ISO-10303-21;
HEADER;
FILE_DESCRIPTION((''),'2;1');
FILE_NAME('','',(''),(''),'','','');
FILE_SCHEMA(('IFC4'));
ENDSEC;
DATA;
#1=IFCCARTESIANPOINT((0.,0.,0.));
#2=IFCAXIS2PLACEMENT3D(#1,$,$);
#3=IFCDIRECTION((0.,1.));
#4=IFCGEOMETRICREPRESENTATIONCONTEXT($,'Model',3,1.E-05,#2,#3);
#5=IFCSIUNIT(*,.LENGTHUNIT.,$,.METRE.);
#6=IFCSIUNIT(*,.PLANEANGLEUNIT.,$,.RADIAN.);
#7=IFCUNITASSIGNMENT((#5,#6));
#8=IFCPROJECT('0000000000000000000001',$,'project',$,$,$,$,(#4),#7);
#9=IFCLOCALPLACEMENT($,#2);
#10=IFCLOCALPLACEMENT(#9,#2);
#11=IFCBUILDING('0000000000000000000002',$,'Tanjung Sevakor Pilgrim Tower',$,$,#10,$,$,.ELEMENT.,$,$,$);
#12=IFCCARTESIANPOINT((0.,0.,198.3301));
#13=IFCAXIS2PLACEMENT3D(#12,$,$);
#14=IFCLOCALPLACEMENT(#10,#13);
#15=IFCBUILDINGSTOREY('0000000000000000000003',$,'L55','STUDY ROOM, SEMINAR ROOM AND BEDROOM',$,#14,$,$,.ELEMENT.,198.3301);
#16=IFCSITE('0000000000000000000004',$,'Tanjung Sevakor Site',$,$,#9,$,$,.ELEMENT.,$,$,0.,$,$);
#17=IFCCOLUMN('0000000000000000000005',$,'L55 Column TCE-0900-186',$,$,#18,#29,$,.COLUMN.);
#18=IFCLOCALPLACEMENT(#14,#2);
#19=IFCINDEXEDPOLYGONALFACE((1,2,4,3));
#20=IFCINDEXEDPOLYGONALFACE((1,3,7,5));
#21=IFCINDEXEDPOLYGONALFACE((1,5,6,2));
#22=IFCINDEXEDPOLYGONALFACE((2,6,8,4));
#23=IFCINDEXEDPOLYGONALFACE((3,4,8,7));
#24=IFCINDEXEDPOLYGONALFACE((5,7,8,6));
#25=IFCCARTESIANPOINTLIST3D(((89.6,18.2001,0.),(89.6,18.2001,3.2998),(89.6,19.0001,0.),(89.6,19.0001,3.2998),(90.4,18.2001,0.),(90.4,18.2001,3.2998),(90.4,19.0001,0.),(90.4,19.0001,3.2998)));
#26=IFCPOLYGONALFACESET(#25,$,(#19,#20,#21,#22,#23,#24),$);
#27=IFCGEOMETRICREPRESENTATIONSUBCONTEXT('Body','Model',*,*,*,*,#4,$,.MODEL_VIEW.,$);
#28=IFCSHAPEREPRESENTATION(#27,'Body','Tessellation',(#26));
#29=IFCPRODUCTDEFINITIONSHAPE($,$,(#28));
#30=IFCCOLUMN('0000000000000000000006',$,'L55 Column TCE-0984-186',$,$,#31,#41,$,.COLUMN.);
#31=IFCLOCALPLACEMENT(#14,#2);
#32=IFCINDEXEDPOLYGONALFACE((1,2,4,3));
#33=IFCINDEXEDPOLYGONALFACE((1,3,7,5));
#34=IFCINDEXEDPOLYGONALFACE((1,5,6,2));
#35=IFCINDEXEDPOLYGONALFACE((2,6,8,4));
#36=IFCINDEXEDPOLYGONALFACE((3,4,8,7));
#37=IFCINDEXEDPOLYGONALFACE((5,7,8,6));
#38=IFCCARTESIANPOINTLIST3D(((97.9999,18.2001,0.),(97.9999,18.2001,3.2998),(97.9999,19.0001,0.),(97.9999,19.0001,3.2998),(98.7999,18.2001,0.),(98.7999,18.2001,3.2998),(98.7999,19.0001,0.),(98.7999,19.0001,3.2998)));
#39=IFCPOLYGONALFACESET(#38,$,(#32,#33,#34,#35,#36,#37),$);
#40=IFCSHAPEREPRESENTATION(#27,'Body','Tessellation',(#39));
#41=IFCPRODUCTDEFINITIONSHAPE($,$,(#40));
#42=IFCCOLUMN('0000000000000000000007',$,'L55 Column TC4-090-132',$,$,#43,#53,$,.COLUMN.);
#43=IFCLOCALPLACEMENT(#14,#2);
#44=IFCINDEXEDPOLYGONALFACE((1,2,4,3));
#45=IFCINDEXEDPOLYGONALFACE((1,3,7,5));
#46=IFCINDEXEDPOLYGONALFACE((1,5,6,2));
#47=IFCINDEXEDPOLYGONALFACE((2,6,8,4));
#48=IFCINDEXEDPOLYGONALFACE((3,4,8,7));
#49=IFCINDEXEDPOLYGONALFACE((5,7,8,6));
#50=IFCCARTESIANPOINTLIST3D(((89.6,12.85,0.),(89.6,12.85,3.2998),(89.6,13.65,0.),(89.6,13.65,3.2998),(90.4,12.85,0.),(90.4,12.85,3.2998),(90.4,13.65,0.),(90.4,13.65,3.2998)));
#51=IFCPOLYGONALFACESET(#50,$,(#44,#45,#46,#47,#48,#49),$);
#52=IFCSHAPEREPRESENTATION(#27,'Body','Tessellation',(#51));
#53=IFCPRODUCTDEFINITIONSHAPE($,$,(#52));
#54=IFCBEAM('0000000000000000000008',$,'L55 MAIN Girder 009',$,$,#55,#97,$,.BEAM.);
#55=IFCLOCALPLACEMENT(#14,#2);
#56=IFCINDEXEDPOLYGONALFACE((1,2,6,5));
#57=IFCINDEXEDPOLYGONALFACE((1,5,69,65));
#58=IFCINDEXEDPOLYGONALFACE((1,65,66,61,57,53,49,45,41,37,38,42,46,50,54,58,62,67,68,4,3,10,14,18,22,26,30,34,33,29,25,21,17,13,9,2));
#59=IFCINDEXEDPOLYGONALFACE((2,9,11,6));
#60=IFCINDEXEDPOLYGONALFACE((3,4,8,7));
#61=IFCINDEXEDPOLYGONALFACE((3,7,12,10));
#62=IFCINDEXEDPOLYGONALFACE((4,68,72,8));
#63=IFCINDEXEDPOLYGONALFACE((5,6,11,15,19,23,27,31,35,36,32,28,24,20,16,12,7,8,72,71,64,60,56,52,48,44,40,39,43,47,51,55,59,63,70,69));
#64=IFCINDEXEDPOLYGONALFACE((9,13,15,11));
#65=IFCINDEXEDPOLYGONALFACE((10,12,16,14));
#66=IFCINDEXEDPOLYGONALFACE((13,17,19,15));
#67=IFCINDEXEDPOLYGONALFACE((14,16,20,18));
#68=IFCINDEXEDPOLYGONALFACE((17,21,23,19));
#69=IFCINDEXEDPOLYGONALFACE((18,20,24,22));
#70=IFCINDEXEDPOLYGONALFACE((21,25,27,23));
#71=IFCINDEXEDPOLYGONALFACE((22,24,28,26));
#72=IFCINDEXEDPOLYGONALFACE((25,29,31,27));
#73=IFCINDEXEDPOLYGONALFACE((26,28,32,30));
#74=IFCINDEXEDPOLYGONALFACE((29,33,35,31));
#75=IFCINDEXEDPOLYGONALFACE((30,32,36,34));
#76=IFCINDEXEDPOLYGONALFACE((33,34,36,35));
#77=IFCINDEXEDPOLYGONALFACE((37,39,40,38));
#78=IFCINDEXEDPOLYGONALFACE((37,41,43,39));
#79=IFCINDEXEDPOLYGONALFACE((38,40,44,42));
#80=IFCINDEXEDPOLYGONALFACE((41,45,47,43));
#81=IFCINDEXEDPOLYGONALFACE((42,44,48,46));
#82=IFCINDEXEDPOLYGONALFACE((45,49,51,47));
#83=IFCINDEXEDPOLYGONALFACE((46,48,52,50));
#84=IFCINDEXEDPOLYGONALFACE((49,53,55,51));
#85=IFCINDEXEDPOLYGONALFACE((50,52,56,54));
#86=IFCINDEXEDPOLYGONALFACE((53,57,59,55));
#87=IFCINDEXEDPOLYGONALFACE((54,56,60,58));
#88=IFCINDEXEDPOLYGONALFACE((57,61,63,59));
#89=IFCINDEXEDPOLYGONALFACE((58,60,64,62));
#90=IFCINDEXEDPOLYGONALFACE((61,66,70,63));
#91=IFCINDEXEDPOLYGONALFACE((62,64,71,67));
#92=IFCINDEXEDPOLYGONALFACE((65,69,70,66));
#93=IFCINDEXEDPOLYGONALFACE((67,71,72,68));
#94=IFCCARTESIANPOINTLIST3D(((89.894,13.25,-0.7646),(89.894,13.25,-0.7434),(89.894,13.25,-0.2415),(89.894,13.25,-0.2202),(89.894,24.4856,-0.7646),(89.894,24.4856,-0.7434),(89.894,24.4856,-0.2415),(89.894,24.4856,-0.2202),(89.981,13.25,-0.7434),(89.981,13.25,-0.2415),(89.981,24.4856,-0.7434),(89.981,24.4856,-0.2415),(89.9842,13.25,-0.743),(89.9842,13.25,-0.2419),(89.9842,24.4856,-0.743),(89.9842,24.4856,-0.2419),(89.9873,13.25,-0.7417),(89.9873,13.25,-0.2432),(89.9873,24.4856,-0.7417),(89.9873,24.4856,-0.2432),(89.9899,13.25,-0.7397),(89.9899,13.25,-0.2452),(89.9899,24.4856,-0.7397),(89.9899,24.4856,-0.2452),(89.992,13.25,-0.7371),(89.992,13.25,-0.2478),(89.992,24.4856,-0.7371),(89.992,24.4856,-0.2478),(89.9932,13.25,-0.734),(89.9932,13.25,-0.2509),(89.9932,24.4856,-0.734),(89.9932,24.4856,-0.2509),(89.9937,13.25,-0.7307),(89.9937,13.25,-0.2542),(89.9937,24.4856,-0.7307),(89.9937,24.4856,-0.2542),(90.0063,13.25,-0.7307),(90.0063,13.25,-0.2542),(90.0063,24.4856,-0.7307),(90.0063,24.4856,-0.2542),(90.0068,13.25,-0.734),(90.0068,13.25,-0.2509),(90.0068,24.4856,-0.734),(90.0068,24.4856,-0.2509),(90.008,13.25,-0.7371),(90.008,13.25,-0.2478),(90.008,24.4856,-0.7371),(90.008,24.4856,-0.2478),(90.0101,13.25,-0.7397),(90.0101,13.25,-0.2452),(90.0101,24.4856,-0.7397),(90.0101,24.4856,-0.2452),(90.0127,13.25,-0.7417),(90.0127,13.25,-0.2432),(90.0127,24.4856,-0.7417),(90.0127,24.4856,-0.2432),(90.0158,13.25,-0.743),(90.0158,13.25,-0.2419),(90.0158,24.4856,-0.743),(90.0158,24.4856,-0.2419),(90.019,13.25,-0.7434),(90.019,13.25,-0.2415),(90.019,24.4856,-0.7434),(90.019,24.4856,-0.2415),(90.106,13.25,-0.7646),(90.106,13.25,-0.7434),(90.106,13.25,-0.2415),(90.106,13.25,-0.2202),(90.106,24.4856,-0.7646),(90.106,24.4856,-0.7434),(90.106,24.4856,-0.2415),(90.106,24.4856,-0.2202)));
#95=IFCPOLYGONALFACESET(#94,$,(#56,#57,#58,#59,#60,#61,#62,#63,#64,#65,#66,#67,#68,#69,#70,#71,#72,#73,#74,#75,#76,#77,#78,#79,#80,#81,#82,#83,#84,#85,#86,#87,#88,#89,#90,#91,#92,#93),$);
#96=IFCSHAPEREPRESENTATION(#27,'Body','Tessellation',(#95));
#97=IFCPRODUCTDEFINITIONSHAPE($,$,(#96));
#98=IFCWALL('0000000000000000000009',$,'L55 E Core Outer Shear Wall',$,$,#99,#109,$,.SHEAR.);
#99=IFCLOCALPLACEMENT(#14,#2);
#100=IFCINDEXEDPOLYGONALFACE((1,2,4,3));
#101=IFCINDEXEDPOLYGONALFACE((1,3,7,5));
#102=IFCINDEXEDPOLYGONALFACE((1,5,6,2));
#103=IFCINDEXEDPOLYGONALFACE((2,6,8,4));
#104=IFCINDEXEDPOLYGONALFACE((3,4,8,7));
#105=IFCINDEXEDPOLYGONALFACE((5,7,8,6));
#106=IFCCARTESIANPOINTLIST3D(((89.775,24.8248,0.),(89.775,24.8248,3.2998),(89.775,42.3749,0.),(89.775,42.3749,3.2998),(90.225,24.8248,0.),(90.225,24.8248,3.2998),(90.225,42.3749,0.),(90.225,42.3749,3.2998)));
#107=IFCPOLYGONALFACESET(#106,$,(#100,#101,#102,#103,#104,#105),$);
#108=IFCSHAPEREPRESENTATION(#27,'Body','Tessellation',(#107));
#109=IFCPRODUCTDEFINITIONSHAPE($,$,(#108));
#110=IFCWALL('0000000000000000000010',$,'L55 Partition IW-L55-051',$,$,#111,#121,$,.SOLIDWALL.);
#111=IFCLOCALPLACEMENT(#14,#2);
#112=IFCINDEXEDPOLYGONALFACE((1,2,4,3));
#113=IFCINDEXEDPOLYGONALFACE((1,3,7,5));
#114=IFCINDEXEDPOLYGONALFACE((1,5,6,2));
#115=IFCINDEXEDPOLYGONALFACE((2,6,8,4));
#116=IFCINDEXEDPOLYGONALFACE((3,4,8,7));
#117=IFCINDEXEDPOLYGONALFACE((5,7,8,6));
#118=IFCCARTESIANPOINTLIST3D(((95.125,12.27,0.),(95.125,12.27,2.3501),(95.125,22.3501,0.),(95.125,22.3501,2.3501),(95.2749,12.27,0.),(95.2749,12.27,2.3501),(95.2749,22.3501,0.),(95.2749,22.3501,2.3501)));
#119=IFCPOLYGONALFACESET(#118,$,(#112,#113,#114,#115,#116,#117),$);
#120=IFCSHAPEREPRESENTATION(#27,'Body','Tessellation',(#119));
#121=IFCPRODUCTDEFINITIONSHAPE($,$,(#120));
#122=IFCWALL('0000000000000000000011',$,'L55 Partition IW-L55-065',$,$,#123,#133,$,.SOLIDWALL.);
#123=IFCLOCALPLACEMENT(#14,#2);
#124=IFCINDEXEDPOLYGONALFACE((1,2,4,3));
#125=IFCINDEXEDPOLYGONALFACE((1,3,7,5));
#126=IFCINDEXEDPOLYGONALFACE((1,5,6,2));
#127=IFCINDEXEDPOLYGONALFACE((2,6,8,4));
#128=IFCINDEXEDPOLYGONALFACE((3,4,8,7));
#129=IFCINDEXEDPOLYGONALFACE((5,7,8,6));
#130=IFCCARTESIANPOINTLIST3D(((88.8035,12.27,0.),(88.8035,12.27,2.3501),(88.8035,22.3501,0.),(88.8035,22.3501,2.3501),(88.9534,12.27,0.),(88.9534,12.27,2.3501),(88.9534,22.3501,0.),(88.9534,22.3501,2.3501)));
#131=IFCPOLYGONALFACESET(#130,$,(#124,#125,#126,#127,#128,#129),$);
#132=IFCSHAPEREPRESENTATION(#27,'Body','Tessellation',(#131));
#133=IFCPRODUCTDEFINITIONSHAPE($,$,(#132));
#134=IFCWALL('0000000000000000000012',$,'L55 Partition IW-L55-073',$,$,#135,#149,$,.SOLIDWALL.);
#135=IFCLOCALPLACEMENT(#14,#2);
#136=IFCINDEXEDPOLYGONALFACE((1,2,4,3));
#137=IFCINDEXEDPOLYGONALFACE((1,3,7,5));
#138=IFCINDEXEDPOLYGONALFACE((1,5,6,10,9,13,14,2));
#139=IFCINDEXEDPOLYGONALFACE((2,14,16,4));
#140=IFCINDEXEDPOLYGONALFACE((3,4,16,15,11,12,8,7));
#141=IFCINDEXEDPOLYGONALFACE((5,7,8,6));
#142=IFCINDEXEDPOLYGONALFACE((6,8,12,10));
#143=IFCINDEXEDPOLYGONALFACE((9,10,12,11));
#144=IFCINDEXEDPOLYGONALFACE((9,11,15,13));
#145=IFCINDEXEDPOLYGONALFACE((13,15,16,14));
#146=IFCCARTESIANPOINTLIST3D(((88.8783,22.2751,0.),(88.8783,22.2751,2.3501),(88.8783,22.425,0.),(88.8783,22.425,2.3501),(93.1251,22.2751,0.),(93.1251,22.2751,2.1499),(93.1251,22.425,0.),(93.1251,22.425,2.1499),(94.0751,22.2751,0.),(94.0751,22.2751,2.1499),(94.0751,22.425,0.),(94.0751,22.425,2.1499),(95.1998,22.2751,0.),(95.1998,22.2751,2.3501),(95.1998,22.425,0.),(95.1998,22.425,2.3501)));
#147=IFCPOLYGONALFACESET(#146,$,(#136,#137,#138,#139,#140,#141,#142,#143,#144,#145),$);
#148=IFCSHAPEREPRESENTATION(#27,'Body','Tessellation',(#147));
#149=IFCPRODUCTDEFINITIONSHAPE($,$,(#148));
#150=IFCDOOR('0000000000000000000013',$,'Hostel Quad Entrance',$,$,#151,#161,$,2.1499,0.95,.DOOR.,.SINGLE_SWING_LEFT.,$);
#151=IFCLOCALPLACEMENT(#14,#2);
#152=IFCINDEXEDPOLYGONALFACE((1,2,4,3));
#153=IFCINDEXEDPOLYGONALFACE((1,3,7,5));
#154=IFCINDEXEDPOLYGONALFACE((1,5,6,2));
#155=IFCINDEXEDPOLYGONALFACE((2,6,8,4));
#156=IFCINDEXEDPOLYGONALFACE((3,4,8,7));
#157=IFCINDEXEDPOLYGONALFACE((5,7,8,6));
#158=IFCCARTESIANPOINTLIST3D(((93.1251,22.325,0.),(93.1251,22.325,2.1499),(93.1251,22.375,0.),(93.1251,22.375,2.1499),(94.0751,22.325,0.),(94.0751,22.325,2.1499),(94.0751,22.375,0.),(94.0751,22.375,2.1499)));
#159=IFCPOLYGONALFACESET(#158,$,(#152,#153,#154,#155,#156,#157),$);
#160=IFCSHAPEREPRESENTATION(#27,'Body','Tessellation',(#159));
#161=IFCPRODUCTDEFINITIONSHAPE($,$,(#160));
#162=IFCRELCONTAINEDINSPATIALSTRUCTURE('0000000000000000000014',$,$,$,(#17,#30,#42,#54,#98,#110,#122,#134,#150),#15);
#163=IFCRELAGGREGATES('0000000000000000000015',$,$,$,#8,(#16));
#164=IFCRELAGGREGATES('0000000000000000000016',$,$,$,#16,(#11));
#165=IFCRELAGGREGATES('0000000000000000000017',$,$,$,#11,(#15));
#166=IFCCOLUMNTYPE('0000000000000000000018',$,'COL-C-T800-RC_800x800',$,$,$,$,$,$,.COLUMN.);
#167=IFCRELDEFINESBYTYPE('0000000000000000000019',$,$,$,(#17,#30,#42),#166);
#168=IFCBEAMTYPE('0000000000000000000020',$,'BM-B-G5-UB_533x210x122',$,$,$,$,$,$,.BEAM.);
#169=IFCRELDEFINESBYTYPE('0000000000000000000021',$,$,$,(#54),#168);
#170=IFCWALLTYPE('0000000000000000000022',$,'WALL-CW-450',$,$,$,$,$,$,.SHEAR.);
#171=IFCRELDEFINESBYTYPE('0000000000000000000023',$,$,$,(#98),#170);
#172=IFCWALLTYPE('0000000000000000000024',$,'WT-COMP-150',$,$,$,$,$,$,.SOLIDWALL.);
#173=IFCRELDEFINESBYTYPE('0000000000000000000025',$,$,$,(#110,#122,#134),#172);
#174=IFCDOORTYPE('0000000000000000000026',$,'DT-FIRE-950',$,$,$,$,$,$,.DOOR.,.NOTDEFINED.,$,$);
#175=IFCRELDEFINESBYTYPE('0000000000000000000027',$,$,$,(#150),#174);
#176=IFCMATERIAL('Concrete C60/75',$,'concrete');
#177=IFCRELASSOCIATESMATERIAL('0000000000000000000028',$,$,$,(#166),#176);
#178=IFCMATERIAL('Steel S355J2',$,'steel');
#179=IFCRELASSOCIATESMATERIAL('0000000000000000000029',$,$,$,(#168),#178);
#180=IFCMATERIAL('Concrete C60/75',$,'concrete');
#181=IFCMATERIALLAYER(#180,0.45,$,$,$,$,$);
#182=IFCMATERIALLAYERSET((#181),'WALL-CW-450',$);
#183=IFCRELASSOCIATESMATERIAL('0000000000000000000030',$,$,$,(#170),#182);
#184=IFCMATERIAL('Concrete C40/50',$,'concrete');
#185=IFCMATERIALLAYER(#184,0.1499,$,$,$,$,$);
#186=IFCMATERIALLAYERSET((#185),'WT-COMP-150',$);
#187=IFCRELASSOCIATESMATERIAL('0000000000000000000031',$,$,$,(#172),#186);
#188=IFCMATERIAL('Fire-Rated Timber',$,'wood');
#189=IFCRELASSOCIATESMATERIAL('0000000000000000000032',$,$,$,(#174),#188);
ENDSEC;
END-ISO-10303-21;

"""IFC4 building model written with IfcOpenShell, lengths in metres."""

from ifc_helpers import new_model, si_unit, direction, frame, frame_2d, origin, origin_2d, place, context, subcontext, project, spatial, rectangle, i_section, extrude, material, layer, layer_set, material_profile, profile_set, type_object, element, fill, save


model = new_model("IFC4")

# Units and contexts
model_context = context("Model", 3, precision=1e-05, world=origin(), true_north=direction((0.0, 1.0)))
body_context = subcontext(model_context, "Body", "Model", "MODEL_VIEW")
ifc_project = project(units=[si_unit("LENGTHUNIT", "METRE"), si_unit("PLANEANGLEUNIT", "RADIAN")], contexts=[model_context])

# Site, building, storey
site_placement = place(None, origin())
site = spatial("IfcSite", under=ifc_project, at=site_placement, Name="Tanjung Sevakor Site", CompositionType="ELEMENT", RefElevation=0.0)
building_placement = place(site_placement, origin())
building = spatial("IfcBuilding", under=site, at=building_placement, Name="Tanjung Sevakor Pilgrim Tower", CompositionType="ELEMENT")
storey_placement = place(building_placement, frame((0.0, 0.0, 198.3301)))
storey = spatial("IfcBuildingStorey", under=building, at=storey_placement, Name="L55", Description="STUDY ROOM, SEMINAR ROOM AND BEDROOM", CompositionType="ELEMENT", Elevation=198.3301)

# Columns
ifc_material_1 = material(Name="Concrete C60/75", Category="concrete")
ifc_material_profile_1 = material_profile(ifc_material_1, rectangle(XDim=0.8, YDim=0.8, at=origin_2d()))
ifc_profile_set_1 = profile_set([ifc_material_profile_1], Name="Concrete C60/75")
column_type = type_object("IfcColumnType", Name="COL-C-T800-RC_800x800", PredefinedType="COLUMN", material=ifc_profile_set_1)
for number, where, z_axis, x_axis, name in (
    (1, (90.0, 18.6001, 0.0), (0.0, 0.0, 1.0), (1.0, 0.0, 0.0), "L55 Column TCE-0900-186"),
    (2, (98.3999, 18.6001, 0.0), (0.0, 0.0, 1.0), (1.0, 0.0, 0.0), "L55 Column TCE-0984-186"),
    (3, (90.0, 13.25, 0.0), (0.0, 0.0, 1.0), (1.0, 0.0, 0.0), "L55 Column TC4-090-132"),
):
    element("IfcColumn", number, at=place(storey_placement, frame(where, z_axis=z_axis, x_axis=x_axis)), inside=storey, type_object=column_type, Name=name, PredefinedType="COLUMN", context=body_context, shape_type="SweptSolid", body=[
        extrude(rectangle(XDim=0.8, YDim=0.8, at=origin_2d()), origin(), (0.0, 0.0, 1.0), 3.2998),
    ])

# Beam
ifc_material_2 = material(Name="Steel S355J2", Category="steel")
ifc_material_profile_2 = material_profile(ifc_material_2, i_section(OverallWidth=0.2119, OverallDepth=0.5444, WebThickness=0.0127, FlangeThickness=0.0212, FilletRadius=0.0127, at=origin_2d()))
ifc_profile_set_2 = profile_set([ifc_material_profile_2], Name="Steel S355J2")
beam_type = type_object("IfcBeamType", Name="BM-B-G5-UB_533x210x122", PredefinedType="BEAM", material=ifc_profile_set_2)
beam_placement = place(storey_placement, frame((90.0, 13.25, -0.4924), z_axis=(0.0, 1.0, 0.0), x_axis=(-1.0, 0.0, 0.0)))
element("IfcBeam", 4, at=beam_placement, inside=storey, type_object=beam_type, Name="L55 MAIN Girder 009", PredefinedType="BEAM", context=body_context, shape_type="SweptSolid", body=[
    extrude(i_section(OverallWidth=0.2119, OverallDepth=0.5444, WebThickness=0.0127, FlangeThickness=0.0212, FilletRadius=0.0127, at=origin_2d()), origin(), (0.0, 0.0, 1.0), 11.2356),
])

# Walls
ifc_material_3 = material(Name="Concrete C60/75", Category="concrete")
ifc_layer_1 = layer(ifc_material_3, 0.45)
ifc_layer_set_1 = layer_set([ifc_layer_1], Name="WALL-CW-450")
wall_type_1 = type_object("IfcWallType", Name="WALL-CW-450", PredefinedType="SHEAR", material=ifc_layer_set_1)
wall_1_placement = place(storey_placement, frame((90.0, 24.825, 0.0), z_axis=(0.0, 0.0, 1.0), x_axis=(0.0, 1.0, 0.0)))
element("IfcWall", 5, at=wall_1_placement, inside=storey, type_object=wall_type_1, Name="L55 E Core Outer Shear Wall", PredefinedType="SHEAR", context=body_context, shape_type="SweptSolid", body=[
    extrude(rectangle(XDim=17.55, YDim=0.45, at=frame_2d((8.7749, 0.0))), origin(), (0.0, 0.0, 1.0), 3.2998),
])
ifc_material_4 = material(Name="Concrete C40/50", Category="concrete")
ifc_layer_2 = layer(ifc_material_4, 0.1499)
ifc_layer_set_2 = layer_set([ifc_layer_2], Name="WT-COMP-150")
wall_type_2 = type_object("IfcWallType", Name="WT-COMP-150", PredefinedType="SOLIDWALL", material=ifc_layer_set_2)
for number, where, z_axis, x_axis, name in (
    (6, (95.2, 12.27, 0.0), (0.0, 0.0, 1.0), (0.0, 1.0, 0.0), "L55 Partition IW-L55-051"),
    (7, (88.8784, 12.27, 0.0), (0.0, 0.0, 1.0), (0.0, 1.0, 0.0), "L55 Partition IW-L55-065"),
):
    element("IfcWall", number, at=place(storey_placement, frame(where, z_axis=z_axis, x_axis=x_axis)), inside=storey, type_object=wall_type_2, Name=name, PredefinedType="SOLIDWALL", context=body_context, shape_type="SweptSolid", body=[
        extrude(rectangle(XDim=10.0801, YDim=0.1499, at=frame_2d((5.04, 0.0))), origin(), (0.0, 0.0, 1.0), 2.3501),
    ])

# Wall, opening, door
wall_2_placement = place(storey_placement, frame((88.8784, 22.3501, 0.0), z_axis=(0.0, 0.0, 1.0), x_axis=(1.0, 0.0, 0.0)))
wall_2 = element("IfcWall", 8, at=wall_2_placement, inside=storey, type_object=wall_type_2, Name="L55 Partition IW-L55-073", PredefinedType="SOLIDWALL", context=body_context, shape_type="SweptSolid", body=[
    extrude(rectangle(XDim=6.3215, YDim=0.1499, at=frame_2d((3.1606, 0.0))), origin(), (0.0, 0.0, 1.0), 2.3501),
])
opening_1_placement = place(wall_2_placement, frame((4.2466, 0.0, 0.0)))
opening_1 = element("IfcOpeningElement", 9, at=opening_1_placement, cuts=wall_2, PredefinedType="OPENING", context=body_context, shape_type="SweptSolid", body=[
    extrude(rectangle(XDim=0.95, YDim=2.1499, at=frame_2d((0.4751, 1.075))), frame((0.0, 0.085, 0.0), z_axis=(0.0, -1.0, 0.0), x_axis=(1.0, 0.0, 0.0)), (0.0, 0.0, 1.0), 0.1699),
])
ifc_material_5 = material(Name="Fire-Rated Timber", Category="wood")
door_type_1 = type_object("IfcDoorType", Name="DT-FIRE-950", OperationType="NOTDEFINED", PredefinedType="DOOR", material=ifc_material_5)
door_1_placement = place(opening_1_placement, origin())
door_1 = element("IfcDoor", 10, at=door_1_placement, inside=storey, type_object=door_type_1, Name="Hostel Quad Entrance", OperationType="SINGLE_SWING_LEFT", OverallHeight=2.1499, OverallWidth=0.95, PredefinedType="DOOR", context=body_context, shape_type="SweptSolid", body=[
    extrude(rectangle(XDim=0.95, YDim=2.1499, at=frame_2d((0.4751, 1.075))), frame((0.0, 0.0249, 0.0), z_axis=(0.0, -1.0, 0.0), x_axis=(1.0, 0.0, 0.0)), (0.0, 0.0, 1.0), 0.05),
])
fill(opening_1, door_1)

save(model, "model.ifc")
